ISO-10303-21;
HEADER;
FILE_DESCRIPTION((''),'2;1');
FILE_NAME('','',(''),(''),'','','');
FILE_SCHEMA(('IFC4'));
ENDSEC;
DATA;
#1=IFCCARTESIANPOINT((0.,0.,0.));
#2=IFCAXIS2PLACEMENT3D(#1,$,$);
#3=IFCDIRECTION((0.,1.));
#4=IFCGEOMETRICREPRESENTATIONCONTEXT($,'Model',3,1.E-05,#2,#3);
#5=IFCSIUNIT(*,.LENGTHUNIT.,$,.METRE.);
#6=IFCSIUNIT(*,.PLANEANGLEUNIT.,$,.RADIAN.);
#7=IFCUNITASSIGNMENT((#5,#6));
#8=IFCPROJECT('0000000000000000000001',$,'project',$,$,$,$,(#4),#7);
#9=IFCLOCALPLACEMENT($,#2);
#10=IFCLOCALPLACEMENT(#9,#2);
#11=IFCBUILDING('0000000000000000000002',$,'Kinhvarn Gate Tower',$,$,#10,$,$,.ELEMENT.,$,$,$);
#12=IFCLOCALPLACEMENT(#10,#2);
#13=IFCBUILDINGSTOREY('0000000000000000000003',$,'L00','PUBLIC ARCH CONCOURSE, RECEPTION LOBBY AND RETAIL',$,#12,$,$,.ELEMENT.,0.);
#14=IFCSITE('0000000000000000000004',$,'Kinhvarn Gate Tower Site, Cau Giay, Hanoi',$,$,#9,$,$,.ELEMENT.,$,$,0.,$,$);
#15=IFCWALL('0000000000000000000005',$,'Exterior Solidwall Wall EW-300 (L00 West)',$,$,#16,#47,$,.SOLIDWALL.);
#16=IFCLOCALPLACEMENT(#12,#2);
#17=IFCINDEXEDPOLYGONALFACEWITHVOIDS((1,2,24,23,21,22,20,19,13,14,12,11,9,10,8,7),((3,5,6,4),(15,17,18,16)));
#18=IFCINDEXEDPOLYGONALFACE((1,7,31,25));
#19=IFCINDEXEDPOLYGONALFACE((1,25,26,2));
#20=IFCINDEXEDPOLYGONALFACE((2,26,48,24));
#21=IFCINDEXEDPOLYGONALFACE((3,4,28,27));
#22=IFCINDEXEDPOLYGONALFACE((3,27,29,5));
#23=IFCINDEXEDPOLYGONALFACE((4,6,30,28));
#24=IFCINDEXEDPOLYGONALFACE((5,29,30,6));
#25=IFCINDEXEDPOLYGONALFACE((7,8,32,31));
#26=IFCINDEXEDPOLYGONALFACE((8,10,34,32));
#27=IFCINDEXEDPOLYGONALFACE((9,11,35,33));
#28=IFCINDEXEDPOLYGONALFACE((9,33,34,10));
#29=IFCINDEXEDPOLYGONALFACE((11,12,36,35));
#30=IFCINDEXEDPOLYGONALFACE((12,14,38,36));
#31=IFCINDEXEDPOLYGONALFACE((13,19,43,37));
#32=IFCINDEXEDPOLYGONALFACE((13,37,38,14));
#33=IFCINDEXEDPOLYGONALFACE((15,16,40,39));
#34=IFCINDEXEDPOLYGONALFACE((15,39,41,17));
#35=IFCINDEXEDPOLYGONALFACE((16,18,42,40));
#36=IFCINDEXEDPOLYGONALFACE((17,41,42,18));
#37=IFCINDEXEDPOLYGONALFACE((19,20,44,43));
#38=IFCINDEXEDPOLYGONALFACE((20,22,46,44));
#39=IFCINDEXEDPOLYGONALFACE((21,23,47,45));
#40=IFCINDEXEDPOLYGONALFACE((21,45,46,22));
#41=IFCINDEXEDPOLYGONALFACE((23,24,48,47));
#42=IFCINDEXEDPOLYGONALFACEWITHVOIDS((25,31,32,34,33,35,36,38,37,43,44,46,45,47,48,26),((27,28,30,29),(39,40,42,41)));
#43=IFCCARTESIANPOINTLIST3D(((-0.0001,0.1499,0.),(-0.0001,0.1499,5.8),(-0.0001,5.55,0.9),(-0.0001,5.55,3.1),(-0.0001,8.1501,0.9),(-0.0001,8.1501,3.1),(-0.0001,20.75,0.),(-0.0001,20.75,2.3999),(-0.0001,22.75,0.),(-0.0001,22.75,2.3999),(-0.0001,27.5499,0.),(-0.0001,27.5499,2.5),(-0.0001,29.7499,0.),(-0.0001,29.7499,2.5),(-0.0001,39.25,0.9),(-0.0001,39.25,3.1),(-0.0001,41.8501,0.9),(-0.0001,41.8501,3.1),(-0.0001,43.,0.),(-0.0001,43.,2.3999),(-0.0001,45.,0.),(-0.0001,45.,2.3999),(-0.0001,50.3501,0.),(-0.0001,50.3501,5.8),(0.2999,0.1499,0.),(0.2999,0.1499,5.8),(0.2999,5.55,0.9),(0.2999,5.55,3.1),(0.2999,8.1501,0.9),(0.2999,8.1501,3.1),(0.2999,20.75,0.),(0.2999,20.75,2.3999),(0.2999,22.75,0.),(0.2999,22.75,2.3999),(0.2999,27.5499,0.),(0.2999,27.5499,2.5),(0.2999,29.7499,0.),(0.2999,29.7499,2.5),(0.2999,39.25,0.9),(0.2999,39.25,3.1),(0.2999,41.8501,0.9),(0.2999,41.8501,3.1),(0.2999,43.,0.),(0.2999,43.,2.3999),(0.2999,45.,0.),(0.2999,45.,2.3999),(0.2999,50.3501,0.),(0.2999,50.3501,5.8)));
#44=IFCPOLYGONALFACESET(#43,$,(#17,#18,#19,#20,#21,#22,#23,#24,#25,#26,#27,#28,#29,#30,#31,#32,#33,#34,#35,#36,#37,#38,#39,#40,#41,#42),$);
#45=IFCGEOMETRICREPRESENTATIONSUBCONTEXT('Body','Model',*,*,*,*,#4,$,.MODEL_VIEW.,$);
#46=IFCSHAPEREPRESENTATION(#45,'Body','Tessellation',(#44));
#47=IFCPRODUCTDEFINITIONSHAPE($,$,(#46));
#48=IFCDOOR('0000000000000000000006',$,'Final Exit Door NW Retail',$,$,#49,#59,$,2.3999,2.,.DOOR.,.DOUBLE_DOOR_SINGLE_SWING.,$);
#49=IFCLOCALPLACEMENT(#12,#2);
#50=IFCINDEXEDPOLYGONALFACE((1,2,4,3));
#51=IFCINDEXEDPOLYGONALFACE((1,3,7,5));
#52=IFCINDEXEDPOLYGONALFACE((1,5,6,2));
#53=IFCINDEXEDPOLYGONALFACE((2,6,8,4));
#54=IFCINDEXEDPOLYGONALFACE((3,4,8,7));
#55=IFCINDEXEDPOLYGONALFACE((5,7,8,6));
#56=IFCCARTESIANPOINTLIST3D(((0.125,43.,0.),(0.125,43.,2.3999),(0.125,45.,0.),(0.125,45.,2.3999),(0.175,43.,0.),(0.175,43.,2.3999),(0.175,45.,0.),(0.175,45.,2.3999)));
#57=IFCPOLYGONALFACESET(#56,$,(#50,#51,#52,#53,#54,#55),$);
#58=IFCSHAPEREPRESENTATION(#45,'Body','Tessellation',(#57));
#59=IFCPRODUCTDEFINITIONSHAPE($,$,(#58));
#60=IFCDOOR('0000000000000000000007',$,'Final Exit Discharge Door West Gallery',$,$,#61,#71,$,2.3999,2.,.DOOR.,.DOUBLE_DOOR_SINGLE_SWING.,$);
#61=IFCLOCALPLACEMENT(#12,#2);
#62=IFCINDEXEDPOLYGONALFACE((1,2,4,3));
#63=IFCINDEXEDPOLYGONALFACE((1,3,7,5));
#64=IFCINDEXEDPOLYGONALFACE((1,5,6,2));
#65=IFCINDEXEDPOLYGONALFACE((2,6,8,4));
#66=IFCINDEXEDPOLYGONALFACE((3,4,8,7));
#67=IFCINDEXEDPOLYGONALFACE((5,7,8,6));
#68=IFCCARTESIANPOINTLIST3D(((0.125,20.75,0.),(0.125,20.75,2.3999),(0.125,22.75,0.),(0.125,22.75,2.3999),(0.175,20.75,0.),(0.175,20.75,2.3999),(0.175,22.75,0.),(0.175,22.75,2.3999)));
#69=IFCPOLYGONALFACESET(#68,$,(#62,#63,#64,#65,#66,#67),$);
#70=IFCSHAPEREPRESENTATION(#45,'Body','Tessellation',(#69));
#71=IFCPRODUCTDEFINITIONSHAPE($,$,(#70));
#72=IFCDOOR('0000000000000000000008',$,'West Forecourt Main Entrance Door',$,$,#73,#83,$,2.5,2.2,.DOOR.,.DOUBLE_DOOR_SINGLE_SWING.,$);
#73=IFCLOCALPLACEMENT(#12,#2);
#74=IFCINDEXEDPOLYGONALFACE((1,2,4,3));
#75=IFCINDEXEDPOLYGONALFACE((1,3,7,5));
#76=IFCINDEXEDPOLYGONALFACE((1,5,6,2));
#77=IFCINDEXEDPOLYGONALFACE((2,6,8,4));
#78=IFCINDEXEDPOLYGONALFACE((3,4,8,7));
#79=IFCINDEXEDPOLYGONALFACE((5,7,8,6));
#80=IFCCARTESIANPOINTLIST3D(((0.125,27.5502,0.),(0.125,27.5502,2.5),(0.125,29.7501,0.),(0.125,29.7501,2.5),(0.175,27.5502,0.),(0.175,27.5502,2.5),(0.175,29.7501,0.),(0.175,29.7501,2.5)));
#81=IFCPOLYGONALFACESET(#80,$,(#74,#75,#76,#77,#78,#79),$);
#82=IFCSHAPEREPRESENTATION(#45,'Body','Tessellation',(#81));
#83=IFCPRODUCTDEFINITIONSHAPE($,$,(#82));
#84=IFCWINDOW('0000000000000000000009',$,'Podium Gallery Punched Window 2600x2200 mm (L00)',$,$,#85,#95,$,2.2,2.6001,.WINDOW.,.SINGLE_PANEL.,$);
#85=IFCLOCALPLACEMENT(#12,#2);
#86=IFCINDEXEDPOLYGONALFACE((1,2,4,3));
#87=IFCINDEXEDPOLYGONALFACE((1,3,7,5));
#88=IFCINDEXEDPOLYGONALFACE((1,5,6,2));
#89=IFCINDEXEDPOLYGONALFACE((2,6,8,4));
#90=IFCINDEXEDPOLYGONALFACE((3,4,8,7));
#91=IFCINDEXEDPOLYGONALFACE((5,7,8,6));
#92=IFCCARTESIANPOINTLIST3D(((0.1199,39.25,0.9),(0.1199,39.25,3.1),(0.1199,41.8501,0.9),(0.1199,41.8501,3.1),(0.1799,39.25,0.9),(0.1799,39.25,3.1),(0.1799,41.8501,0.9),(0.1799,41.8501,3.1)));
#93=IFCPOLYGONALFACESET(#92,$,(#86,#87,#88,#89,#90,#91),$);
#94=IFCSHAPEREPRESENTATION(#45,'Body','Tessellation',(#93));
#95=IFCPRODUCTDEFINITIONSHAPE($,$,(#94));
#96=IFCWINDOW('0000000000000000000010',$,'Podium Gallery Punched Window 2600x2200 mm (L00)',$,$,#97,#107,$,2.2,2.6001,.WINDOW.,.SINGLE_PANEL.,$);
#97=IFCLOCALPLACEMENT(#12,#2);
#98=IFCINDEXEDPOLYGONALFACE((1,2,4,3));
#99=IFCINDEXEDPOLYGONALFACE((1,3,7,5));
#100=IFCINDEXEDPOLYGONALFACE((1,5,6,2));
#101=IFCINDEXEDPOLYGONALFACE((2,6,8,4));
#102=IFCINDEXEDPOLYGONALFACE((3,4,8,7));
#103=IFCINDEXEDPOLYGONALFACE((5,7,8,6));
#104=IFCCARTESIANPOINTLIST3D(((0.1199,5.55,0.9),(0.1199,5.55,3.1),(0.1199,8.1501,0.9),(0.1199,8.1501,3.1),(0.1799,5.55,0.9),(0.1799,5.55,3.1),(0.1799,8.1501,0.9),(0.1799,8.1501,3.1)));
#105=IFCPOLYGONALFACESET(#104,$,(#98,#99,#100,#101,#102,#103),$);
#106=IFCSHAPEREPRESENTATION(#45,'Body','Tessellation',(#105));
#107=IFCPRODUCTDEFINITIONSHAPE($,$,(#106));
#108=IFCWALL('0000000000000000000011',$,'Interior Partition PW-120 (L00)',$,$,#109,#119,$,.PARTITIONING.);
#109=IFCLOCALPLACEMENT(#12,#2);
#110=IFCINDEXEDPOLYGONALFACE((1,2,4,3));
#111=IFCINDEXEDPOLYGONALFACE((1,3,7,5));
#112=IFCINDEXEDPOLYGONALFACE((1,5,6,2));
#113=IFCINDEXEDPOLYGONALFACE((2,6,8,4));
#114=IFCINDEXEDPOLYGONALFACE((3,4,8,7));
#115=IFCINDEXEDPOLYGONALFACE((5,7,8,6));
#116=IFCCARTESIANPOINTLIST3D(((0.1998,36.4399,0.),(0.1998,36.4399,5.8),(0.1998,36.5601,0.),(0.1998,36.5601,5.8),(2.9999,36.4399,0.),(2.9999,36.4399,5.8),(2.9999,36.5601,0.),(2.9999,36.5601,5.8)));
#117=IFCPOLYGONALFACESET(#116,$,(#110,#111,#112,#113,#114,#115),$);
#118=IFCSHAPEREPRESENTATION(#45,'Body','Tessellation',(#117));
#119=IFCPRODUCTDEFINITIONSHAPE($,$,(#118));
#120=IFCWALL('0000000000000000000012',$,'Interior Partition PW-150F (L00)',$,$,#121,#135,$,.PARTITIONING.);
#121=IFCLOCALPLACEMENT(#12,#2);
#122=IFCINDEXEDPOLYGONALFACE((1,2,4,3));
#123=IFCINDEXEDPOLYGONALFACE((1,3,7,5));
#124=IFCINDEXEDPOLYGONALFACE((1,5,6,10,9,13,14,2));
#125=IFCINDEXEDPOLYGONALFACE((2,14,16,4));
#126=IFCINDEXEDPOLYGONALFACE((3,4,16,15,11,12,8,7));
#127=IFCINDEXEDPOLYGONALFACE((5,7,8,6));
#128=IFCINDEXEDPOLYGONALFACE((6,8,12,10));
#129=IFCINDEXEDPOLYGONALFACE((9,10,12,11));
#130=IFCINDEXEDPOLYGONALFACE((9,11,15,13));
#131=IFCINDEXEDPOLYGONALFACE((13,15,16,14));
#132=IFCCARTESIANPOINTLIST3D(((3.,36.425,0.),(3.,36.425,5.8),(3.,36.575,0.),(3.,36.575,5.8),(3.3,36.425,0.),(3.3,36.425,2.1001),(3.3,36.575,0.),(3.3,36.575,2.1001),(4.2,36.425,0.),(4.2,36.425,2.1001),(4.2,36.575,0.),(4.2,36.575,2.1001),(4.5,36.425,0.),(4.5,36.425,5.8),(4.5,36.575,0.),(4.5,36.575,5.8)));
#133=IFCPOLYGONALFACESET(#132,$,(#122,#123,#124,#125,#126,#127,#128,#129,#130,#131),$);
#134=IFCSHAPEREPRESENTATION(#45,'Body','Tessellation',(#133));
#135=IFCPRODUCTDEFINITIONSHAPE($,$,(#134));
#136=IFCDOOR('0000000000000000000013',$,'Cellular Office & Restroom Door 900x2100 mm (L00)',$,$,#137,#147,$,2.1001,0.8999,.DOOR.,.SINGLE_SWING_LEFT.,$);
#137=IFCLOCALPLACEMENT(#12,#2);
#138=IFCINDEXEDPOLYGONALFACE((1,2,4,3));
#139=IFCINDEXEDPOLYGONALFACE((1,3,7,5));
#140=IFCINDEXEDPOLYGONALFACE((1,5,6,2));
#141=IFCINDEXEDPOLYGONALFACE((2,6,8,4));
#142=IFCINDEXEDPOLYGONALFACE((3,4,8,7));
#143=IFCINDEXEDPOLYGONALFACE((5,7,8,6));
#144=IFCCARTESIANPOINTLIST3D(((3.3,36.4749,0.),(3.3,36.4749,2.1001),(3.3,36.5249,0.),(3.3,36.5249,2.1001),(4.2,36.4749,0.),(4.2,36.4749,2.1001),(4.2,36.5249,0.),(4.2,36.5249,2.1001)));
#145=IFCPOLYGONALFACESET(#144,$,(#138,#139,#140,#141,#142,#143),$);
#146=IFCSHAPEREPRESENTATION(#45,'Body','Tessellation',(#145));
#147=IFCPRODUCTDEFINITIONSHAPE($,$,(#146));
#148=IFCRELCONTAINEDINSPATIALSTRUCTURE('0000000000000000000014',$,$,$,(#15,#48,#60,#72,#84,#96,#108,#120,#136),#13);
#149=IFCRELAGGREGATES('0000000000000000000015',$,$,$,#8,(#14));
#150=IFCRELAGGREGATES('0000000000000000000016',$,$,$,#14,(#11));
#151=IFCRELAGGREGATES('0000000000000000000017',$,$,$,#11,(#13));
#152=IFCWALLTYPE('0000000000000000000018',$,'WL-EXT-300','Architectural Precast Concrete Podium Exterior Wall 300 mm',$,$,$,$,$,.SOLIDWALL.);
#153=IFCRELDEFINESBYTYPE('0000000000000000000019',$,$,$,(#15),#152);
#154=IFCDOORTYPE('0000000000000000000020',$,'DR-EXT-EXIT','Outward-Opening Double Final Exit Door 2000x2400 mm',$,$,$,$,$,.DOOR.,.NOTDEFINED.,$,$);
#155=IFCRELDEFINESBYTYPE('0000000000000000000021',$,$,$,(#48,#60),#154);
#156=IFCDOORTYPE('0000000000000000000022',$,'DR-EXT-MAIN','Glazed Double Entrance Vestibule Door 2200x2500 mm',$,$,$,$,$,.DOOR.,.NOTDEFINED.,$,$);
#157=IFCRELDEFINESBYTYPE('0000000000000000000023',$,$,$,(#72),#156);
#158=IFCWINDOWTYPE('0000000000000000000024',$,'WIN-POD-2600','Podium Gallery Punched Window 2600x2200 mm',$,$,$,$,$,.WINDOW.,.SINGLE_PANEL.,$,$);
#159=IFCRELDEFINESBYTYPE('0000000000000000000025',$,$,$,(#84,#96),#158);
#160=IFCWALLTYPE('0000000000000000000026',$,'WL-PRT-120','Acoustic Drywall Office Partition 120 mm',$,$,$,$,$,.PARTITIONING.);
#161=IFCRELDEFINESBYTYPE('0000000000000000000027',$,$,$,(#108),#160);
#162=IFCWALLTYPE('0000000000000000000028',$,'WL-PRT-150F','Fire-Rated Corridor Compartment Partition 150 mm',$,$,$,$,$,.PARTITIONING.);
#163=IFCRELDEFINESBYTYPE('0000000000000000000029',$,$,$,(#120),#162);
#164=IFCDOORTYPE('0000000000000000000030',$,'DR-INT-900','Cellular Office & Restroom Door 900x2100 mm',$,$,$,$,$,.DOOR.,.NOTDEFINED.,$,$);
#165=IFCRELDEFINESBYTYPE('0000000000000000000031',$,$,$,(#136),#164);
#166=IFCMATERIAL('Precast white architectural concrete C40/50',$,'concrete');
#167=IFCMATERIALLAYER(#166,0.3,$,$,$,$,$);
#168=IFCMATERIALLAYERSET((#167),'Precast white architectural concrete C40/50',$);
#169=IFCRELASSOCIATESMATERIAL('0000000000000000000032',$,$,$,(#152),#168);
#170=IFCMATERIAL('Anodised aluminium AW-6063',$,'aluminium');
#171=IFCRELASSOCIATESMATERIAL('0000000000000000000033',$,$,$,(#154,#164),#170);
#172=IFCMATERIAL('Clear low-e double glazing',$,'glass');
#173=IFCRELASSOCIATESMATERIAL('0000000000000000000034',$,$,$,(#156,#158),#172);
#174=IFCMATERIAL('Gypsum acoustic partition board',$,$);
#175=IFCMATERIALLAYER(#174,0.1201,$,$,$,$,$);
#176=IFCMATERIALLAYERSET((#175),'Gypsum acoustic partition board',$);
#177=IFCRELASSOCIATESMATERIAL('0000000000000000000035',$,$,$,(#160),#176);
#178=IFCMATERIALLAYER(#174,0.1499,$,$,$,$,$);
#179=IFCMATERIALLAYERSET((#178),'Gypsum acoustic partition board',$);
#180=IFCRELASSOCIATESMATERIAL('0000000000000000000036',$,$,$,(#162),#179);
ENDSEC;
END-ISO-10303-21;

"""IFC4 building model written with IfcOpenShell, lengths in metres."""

from ifc_helpers import new_model, si_unit, direction, frame, frame_2d, origin, place, context, subcontext, project, spatial, rectangle, extrude, material, layer, layer_set, type_object, element, fill, save


model = new_model("IFC4")

# Units and contexts
model_context = context("Model", 3, precision=1e-05, world=origin(), true_north=direction((0.0, 1.0)))
body_context = subcontext(model_context, "Body", "Model", "MODEL_VIEW")
ifc_project = project(units=[si_unit("LENGTHUNIT", "METRE"), si_unit("PLANEANGLEUNIT", "RADIAN")], contexts=[model_context])

# Site, building, storey
site_placement = place(None, origin())
site = spatial("IfcSite", under=ifc_project, at=site_placement, Name="Kinhvarn Gate Tower Site, Cau Giay, Hanoi", CompositionType="ELEMENT", RefElevation=0.0)
building_placement = place(site_placement, origin())
building = spatial("IfcBuilding", under=site, at=building_placement, Name="Kinhvarn Gate Tower", CompositionType="ELEMENT")
storey_placement = place(building_placement, origin())
storey = spatial("IfcBuildingStorey", under=building, at=storey_placement, Name="L00", Description="PUBLIC ARCH CONCOURSE, RECEPTION LOBBY AND RETAIL", CompositionType="ELEMENT", Elevation=0.0)

# Wall, openings, doors, windows
ifc_material_1 = material(Name="Precast white architectural concrete C40/50", Category="concrete")
ifc_layer_1 = layer(ifc_material_1, 0.3)
ifc_layer_set_1 = layer_set([ifc_layer_1], Name="Precast white architectural concrete C40/50")
wall_type_1 = type_object("IfcWallType", Name="WL-EXT-300", Description="Architectural Precast Concrete Podium Exterior Wall 300 mm", PredefinedType="SOLIDWALL", material=ifc_layer_set_1)
wall_1_placement = place(storey_placement, frame((0.1499, 50.3501, 0.0), z_axis=(0.0, 0.0, 1.0), x_axis=(0.0, -1.0, 0.0)))
wall_1 = element("IfcWall", 1, at=wall_1_placement, inside=storey, type_object=wall_type_1, Name="Exterior Solidwall Wall EW-300 (L00 West)", PredefinedType="SOLIDWALL", context=body_context, shape_type="SweptSolid", body=[
    extrude(rectangle(XDim=50.2002, YDim=0.3, at=frame_2d((25.1001, 0.0))), origin(), (0.0, 0.0, 1.0), 5.8),
])
opening_1_placement = place(wall_1_placement, frame((5.3501, 0.0, 0.0)))
opening_1 = element("IfcOpeningElement", 2, at=opening_1_placement, cuts=wall_1, PredefinedType="OPENING", context=body_context, shape_type="SweptSolid", body=[
    extrude(rectangle(XDim=2.0, YDim=2.3999, at=frame_2d((1.0, 1.2))), frame((0.0, 0.1602, 0.0), z_axis=(0.0, -1.0, 0.0), x_axis=(1.0, 0.0, 0.0)), (0.0, 0.0, 1.0), 0.3201),
])
opening_2_placement = place(wall_1_placement, frame((20.6001, 0.0, 0.0)))
opening_2 = element("IfcOpeningElement", 3, at=opening_2_placement, cuts=wall_1, PredefinedType="OPENING", context=body_context, shape_type="SweptSolid", body=[
    extrude(rectangle(XDim=2.2, YDim=2.5, at=frame_2d((1.1001, 1.25))), frame((0.0, 0.1602, 0.0), z_axis=(0.0, -1.0, 0.0), x_axis=(1.0, 0.0, 0.0)), (0.0, 0.0, 1.0), 0.3201),
])
opening_3_placement = place(wall_1_placement, frame((27.6001, 0.0, 0.0)))
opening_3 = element("IfcOpeningElement", 4, at=opening_3_placement, cuts=wall_1, PredefinedType="OPENING", context=body_context, shape_type="SweptSolid", body=[
    extrude(rectangle(XDim=2.0, YDim=2.3999, at=frame_2d((1.0, 1.2))), frame((0.0, 0.1602, 0.0), z_axis=(0.0, -1.0, 0.0), x_axis=(1.0, 0.0, 0.0)), (0.0, 0.0, 1.0), 0.3201),
])
opening_4_placement = place(wall_1_placement, frame((8.5, 0.0, 0.8999)))
opening_4 = element("IfcOpeningElement", 5, at=opening_4_placement, cuts=wall_1, PredefinedType="OPENING", context=body_context, shape_type="SweptSolid", body=[
    extrude(rectangle(XDim=2.6001, YDim=2.2, at=frame_2d((1.3, 1.1001))), frame((0.0, 0.1602, 0.0), z_axis=(0.0, -1.0, 0.0), x_axis=(1.0, 0.0, 0.0)), (0.0, 0.0, 1.0), 0.3201),
])
opening_5_placement = place(wall_1_placement, frame((42.2, 0.0, 0.8999)))
opening_5 = element("IfcOpeningElement", 6, at=opening_5_placement, cuts=wall_1, PredefinedType="OPENING", context=body_context, shape_type="SweptSolid", body=[
    extrude(rectangle(XDim=2.6001, YDim=2.2, at=frame_2d((1.3, 1.1001))), frame((0.0, 0.1602, 0.0), z_axis=(0.0, -1.0, 0.0), x_axis=(1.0, 0.0, 0.0)), (0.0, 0.0, 1.0), 0.3201),
])
ifc_material_2 = material(Name="Anodised aluminium AW-6063", Category="aluminium")
door_type_1 = type_object("IfcDoorType", Name="DR-EXT-EXIT", Description="Outward-Opening Double Final Exit Door 2000x2400 mm", OperationType="NOTDEFINED", PredefinedType="DOOR", material=ifc_material_2)
door_1_placement = place(opening_1_placement, frame((2.0, 0.0, 0.0), z_axis=(0.0, 0.0, 1.0), x_axis=(-1.0, 0.0, 0.0)))
door_1 = element("IfcDoor", 7, at=door_1_placement, inside=storey, type_object=door_type_1, Name="Final Exit Door NW Retail", OperationType="DOUBLE_DOOR_SINGLE_SWING", OverallHeight=2.3999, OverallWidth=2.0, PredefinedType="DOOR", context=body_context, shape_type="SweptSolid", body=[
    extrude(rectangle(XDim=2.0, YDim=2.3999, at=frame_2d((1.0, 1.2))), frame((0.0, 0.0249, 0.0), z_axis=(0.0, -1.0, 0.0), x_axis=(1.0, 0.0, 0.0)), (0.0, 0.0, 1.0), 0.05),
])
fill(opening_1, door_1)
door_2_placement = place(opening_3_placement, frame((2.0, 0.0, 0.0), z_axis=(0.0, 0.0, 1.0), x_axis=(-1.0, 0.0, 0.0)))
door_2 = element("IfcDoor", 8, at=door_2_placement, inside=storey, type_object=door_type_1, Name="Final Exit Discharge Door West Gallery", OperationType="DOUBLE_DOOR_SINGLE_SWING", OverallHeight=2.3999, OverallWidth=2.0, PredefinedType="DOOR", context=body_context, shape_type="SweptSolid", body=[
    extrude(rectangle(XDim=2.0, YDim=2.3999, at=frame_2d((1.0, 1.2))), frame((0.0, 0.0249, 0.0), z_axis=(0.0, -1.0, 0.0), x_axis=(1.0, 0.0, 0.0)), (0.0, 0.0, 1.0), 0.05),
])
fill(opening_3, door_2)
ifc_material_3 = material(Name="Clear low-e double glazing", Category="glass")
door_type_2 = type_object("IfcDoorType", Name="DR-EXT-MAIN", Description="Glazed Double Entrance Vestibule Door 2200x2500 mm", OperationType="NOTDEFINED", PredefinedType="DOOR", material=ifc_material_3)
door_3_placement = place(opening_2_placement, frame((2.2, 0.0, 0.0), z_axis=(0.0, 0.0, 1.0), x_axis=(-1.0, 0.0, 0.0)))
door_3 = element("IfcDoor", 9, at=door_3_placement, inside=storey, type_object=door_type_2, Name="West Forecourt Main Entrance Door", OperationType="DOUBLE_DOOR_SINGLE_SWING", OverallHeight=2.5, OverallWidth=2.2, PredefinedType="DOOR", context=body_context, shape_type="SweptSolid", body=[
    extrude(rectangle(XDim=2.2, YDim=2.5, at=frame_2d((1.1001, 1.25))), frame((0.0, 0.0249, 0.0), z_axis=(0.0, -1.0, 0.0), x_axis=(1.0, 0.0, 0.0)), (0.0, 0.0, 1.0), 0.05),
])
fill(opening_2, door_3)
window_type = type_object("IfcWindowType", Name="WIN-POD-2600", Description="Podium Gallery Punched Window 2600x2200 mm", PartitioningType="SINGLE_PANEL", PredefinedType="WINDOW", material=ifc_material_3)
window_1_placement = place(opening_4_placement, origin())
window_1 = element("IfcWindow", 10, at=window_1_placement, inside=storey, type_object=window_type, Name="Podium Gallery Punched Window 2600x2200 mm (L00)", OverallHeight=2.2, OverallWidth=2.6001, PartitioningType="SINGLE_PANEL", PredefinedType="WINDOW", context=body_context, shape_type="SweptSolid", body=[
    extrude(rectangle(XDim=2.6001, YDim=2.2, at=frame_2d((1.3, 1.1001))), frame((0.0, 0.03, 0.0), z_axis=(0.0, -1.0, 0.0), x_axis=(1.0, 0.0, 0.0)), (0.0, 0.0, 1.0), 0.0601),
])
fill(opening_4, window_1)
window_2_placement = place(opening_5_placement, origin())
window_2 = element("IfcWindow", 11, at=window_2_placement, inside=storey, type_object=window_type, Name="Podium Gallery Punched Window 2600x2200 mm (L00)", OverallHeight=2.2, OverallWidth=2.6001, PartitioningType="SINGLE_PANEL", PredefinedType="WINDOW", context=body_context, shape_type="SweptSolid", body=[
    extrude(rectangle(XDim=2.6001, YDim=2.2, at=frame_2d((1.3, 1.1001))), frame((0.0, 0.03, 0.0), z_axis=(0.0, -1.0, 0.0), x_axis=(1.0, 0.0, 0.0)), (0.0, 0.0, 1.0), 0.0601),
])
fill(opening_5, window_2)

# Wall
ifc_material_4 = material(Name="Gypsum acoustic partition board")
ifc_layer_2 = layer(ifc_material_4, 0.1201)
ifc_layer_set_2 = layer_set([ifc_layer_2], Name="Gypsum acoustic partition board")
wall_type_2 = type_object("IfcWallType", Name="WL-PRT-120", Description="Acoustic Drywall Office Partition 120 mm", PredefinedType="PARTITIONING", material=ifc_layer_set_2)
wall_2_placement = place(storey_placement, frame((0.2, 36.5, 0.0), z_axis=(0.0, 0.0, 1.0), x_axis=(1.0, 0.0, 0.0)))
element("IfcWall", 12, at=wall_2_placement, inside=storey, type_object=wall_type_2, Name="Interior Partition PW-120 (L00)", PredefinedType="PARTITIONING", context=body_context, shape_type="SweptSolid", body=[
    extrude(rectangle(XDim=2.8, YDim=0.1201, at=frame_2d((1.3999, 0.0))), origin(), (0.0, 0.0, 1.0), 5.8),
])

# Wall, opening, door
ifc_layer_3 = layer(ifc_material_4, 0.1499)
ifc_layer_set_3 = layer_set([ifc_layer_3], Name="Gypsum acoustic partition board")
wall_type_3 = type_object("IfcWallType", Name="WL-PRT-150F", Description="Fire-Rated Corridor Compartment Partition 150 mm", PredefinedType="PARTITIONING", material=ifc_layer_set_3)
wall_3_placement = place(storey_placement, frame((3.0, 36.5, 0.0), z_axis=(0.0, 0.0, 1.0), x_axis=(1.0, 0.0, 0.0)))
wall_3 = element("IfcWall", 13, at=wall_3_placement, inside=storey, type_object=wall_type_3, Name="Interior Partition PW-150F (L00)", PredefinedType="PARTITIONING", context=body_context, shape_type="SweptSolid", body=[
    extrude(rectangle(XDim=1.5, YDim=0.1499, at=frame_2d((0.75, 0.0))), origin(), (0.0, 0.0, 1.0), 5.8),
])
opening_6_placement = place(wall_3_placement, frame((0.3, 0.0, 0.0)))
opening_6 = element("IfcOpeningElement", 14, at=opening_6_placement, cuts=wall_3, PredefinedType="OPENING", context=body_context, shape_type="SweptSolid", body=[
    extrude(rectangle(XDim=0.8999, YDim=2.1001, at=frame_2d((0.45, 1.05))), frame((0.0, 0.085, 0.0), z_axis=(0.0, -1.0, 0.0), x_axis=(1.0, 0.0, 0.0)), (0.0, 0.0, 1.0), 0.1699),
])
door_type_3 = type_object("IfcDoorType", Name="DR-INT-900", Description="Cellular Office & Restroom Door 900x2100 mm", OperationType="NOTDEFINED", PredefinedType="DOOR", material=ifc_material_2)
door_4_placement = place(opening_6_placement, origin())
door_4 = element("IfcDoor", 15, at=door_4_placement, inside=storey, type_object=door_type_3, Name="Cellular Office & Restroom Door 900x2100 mm (L00)", OperationType="SINGLE_SWING_LEFT", OverallHeight=2.1001, OverallWidth=0.8999, PredefinedType="DOOR", context=body_context, shape_type="SweptSolid", body=[
    extrude(rectangle(XDim=0.8999, YDim=2.1001, at=frame_2d((0.45, 1.05))), frame((0.0, 0.0249, 0.0), z_axis=(0.0, -1.0, 0.0), x_axis=(1.0, 0.0, 0.0)), (0.0, 0.0, 1.0), 0.05),
])
fill(opening_6, door_4)

save(model, "model.ifc")
